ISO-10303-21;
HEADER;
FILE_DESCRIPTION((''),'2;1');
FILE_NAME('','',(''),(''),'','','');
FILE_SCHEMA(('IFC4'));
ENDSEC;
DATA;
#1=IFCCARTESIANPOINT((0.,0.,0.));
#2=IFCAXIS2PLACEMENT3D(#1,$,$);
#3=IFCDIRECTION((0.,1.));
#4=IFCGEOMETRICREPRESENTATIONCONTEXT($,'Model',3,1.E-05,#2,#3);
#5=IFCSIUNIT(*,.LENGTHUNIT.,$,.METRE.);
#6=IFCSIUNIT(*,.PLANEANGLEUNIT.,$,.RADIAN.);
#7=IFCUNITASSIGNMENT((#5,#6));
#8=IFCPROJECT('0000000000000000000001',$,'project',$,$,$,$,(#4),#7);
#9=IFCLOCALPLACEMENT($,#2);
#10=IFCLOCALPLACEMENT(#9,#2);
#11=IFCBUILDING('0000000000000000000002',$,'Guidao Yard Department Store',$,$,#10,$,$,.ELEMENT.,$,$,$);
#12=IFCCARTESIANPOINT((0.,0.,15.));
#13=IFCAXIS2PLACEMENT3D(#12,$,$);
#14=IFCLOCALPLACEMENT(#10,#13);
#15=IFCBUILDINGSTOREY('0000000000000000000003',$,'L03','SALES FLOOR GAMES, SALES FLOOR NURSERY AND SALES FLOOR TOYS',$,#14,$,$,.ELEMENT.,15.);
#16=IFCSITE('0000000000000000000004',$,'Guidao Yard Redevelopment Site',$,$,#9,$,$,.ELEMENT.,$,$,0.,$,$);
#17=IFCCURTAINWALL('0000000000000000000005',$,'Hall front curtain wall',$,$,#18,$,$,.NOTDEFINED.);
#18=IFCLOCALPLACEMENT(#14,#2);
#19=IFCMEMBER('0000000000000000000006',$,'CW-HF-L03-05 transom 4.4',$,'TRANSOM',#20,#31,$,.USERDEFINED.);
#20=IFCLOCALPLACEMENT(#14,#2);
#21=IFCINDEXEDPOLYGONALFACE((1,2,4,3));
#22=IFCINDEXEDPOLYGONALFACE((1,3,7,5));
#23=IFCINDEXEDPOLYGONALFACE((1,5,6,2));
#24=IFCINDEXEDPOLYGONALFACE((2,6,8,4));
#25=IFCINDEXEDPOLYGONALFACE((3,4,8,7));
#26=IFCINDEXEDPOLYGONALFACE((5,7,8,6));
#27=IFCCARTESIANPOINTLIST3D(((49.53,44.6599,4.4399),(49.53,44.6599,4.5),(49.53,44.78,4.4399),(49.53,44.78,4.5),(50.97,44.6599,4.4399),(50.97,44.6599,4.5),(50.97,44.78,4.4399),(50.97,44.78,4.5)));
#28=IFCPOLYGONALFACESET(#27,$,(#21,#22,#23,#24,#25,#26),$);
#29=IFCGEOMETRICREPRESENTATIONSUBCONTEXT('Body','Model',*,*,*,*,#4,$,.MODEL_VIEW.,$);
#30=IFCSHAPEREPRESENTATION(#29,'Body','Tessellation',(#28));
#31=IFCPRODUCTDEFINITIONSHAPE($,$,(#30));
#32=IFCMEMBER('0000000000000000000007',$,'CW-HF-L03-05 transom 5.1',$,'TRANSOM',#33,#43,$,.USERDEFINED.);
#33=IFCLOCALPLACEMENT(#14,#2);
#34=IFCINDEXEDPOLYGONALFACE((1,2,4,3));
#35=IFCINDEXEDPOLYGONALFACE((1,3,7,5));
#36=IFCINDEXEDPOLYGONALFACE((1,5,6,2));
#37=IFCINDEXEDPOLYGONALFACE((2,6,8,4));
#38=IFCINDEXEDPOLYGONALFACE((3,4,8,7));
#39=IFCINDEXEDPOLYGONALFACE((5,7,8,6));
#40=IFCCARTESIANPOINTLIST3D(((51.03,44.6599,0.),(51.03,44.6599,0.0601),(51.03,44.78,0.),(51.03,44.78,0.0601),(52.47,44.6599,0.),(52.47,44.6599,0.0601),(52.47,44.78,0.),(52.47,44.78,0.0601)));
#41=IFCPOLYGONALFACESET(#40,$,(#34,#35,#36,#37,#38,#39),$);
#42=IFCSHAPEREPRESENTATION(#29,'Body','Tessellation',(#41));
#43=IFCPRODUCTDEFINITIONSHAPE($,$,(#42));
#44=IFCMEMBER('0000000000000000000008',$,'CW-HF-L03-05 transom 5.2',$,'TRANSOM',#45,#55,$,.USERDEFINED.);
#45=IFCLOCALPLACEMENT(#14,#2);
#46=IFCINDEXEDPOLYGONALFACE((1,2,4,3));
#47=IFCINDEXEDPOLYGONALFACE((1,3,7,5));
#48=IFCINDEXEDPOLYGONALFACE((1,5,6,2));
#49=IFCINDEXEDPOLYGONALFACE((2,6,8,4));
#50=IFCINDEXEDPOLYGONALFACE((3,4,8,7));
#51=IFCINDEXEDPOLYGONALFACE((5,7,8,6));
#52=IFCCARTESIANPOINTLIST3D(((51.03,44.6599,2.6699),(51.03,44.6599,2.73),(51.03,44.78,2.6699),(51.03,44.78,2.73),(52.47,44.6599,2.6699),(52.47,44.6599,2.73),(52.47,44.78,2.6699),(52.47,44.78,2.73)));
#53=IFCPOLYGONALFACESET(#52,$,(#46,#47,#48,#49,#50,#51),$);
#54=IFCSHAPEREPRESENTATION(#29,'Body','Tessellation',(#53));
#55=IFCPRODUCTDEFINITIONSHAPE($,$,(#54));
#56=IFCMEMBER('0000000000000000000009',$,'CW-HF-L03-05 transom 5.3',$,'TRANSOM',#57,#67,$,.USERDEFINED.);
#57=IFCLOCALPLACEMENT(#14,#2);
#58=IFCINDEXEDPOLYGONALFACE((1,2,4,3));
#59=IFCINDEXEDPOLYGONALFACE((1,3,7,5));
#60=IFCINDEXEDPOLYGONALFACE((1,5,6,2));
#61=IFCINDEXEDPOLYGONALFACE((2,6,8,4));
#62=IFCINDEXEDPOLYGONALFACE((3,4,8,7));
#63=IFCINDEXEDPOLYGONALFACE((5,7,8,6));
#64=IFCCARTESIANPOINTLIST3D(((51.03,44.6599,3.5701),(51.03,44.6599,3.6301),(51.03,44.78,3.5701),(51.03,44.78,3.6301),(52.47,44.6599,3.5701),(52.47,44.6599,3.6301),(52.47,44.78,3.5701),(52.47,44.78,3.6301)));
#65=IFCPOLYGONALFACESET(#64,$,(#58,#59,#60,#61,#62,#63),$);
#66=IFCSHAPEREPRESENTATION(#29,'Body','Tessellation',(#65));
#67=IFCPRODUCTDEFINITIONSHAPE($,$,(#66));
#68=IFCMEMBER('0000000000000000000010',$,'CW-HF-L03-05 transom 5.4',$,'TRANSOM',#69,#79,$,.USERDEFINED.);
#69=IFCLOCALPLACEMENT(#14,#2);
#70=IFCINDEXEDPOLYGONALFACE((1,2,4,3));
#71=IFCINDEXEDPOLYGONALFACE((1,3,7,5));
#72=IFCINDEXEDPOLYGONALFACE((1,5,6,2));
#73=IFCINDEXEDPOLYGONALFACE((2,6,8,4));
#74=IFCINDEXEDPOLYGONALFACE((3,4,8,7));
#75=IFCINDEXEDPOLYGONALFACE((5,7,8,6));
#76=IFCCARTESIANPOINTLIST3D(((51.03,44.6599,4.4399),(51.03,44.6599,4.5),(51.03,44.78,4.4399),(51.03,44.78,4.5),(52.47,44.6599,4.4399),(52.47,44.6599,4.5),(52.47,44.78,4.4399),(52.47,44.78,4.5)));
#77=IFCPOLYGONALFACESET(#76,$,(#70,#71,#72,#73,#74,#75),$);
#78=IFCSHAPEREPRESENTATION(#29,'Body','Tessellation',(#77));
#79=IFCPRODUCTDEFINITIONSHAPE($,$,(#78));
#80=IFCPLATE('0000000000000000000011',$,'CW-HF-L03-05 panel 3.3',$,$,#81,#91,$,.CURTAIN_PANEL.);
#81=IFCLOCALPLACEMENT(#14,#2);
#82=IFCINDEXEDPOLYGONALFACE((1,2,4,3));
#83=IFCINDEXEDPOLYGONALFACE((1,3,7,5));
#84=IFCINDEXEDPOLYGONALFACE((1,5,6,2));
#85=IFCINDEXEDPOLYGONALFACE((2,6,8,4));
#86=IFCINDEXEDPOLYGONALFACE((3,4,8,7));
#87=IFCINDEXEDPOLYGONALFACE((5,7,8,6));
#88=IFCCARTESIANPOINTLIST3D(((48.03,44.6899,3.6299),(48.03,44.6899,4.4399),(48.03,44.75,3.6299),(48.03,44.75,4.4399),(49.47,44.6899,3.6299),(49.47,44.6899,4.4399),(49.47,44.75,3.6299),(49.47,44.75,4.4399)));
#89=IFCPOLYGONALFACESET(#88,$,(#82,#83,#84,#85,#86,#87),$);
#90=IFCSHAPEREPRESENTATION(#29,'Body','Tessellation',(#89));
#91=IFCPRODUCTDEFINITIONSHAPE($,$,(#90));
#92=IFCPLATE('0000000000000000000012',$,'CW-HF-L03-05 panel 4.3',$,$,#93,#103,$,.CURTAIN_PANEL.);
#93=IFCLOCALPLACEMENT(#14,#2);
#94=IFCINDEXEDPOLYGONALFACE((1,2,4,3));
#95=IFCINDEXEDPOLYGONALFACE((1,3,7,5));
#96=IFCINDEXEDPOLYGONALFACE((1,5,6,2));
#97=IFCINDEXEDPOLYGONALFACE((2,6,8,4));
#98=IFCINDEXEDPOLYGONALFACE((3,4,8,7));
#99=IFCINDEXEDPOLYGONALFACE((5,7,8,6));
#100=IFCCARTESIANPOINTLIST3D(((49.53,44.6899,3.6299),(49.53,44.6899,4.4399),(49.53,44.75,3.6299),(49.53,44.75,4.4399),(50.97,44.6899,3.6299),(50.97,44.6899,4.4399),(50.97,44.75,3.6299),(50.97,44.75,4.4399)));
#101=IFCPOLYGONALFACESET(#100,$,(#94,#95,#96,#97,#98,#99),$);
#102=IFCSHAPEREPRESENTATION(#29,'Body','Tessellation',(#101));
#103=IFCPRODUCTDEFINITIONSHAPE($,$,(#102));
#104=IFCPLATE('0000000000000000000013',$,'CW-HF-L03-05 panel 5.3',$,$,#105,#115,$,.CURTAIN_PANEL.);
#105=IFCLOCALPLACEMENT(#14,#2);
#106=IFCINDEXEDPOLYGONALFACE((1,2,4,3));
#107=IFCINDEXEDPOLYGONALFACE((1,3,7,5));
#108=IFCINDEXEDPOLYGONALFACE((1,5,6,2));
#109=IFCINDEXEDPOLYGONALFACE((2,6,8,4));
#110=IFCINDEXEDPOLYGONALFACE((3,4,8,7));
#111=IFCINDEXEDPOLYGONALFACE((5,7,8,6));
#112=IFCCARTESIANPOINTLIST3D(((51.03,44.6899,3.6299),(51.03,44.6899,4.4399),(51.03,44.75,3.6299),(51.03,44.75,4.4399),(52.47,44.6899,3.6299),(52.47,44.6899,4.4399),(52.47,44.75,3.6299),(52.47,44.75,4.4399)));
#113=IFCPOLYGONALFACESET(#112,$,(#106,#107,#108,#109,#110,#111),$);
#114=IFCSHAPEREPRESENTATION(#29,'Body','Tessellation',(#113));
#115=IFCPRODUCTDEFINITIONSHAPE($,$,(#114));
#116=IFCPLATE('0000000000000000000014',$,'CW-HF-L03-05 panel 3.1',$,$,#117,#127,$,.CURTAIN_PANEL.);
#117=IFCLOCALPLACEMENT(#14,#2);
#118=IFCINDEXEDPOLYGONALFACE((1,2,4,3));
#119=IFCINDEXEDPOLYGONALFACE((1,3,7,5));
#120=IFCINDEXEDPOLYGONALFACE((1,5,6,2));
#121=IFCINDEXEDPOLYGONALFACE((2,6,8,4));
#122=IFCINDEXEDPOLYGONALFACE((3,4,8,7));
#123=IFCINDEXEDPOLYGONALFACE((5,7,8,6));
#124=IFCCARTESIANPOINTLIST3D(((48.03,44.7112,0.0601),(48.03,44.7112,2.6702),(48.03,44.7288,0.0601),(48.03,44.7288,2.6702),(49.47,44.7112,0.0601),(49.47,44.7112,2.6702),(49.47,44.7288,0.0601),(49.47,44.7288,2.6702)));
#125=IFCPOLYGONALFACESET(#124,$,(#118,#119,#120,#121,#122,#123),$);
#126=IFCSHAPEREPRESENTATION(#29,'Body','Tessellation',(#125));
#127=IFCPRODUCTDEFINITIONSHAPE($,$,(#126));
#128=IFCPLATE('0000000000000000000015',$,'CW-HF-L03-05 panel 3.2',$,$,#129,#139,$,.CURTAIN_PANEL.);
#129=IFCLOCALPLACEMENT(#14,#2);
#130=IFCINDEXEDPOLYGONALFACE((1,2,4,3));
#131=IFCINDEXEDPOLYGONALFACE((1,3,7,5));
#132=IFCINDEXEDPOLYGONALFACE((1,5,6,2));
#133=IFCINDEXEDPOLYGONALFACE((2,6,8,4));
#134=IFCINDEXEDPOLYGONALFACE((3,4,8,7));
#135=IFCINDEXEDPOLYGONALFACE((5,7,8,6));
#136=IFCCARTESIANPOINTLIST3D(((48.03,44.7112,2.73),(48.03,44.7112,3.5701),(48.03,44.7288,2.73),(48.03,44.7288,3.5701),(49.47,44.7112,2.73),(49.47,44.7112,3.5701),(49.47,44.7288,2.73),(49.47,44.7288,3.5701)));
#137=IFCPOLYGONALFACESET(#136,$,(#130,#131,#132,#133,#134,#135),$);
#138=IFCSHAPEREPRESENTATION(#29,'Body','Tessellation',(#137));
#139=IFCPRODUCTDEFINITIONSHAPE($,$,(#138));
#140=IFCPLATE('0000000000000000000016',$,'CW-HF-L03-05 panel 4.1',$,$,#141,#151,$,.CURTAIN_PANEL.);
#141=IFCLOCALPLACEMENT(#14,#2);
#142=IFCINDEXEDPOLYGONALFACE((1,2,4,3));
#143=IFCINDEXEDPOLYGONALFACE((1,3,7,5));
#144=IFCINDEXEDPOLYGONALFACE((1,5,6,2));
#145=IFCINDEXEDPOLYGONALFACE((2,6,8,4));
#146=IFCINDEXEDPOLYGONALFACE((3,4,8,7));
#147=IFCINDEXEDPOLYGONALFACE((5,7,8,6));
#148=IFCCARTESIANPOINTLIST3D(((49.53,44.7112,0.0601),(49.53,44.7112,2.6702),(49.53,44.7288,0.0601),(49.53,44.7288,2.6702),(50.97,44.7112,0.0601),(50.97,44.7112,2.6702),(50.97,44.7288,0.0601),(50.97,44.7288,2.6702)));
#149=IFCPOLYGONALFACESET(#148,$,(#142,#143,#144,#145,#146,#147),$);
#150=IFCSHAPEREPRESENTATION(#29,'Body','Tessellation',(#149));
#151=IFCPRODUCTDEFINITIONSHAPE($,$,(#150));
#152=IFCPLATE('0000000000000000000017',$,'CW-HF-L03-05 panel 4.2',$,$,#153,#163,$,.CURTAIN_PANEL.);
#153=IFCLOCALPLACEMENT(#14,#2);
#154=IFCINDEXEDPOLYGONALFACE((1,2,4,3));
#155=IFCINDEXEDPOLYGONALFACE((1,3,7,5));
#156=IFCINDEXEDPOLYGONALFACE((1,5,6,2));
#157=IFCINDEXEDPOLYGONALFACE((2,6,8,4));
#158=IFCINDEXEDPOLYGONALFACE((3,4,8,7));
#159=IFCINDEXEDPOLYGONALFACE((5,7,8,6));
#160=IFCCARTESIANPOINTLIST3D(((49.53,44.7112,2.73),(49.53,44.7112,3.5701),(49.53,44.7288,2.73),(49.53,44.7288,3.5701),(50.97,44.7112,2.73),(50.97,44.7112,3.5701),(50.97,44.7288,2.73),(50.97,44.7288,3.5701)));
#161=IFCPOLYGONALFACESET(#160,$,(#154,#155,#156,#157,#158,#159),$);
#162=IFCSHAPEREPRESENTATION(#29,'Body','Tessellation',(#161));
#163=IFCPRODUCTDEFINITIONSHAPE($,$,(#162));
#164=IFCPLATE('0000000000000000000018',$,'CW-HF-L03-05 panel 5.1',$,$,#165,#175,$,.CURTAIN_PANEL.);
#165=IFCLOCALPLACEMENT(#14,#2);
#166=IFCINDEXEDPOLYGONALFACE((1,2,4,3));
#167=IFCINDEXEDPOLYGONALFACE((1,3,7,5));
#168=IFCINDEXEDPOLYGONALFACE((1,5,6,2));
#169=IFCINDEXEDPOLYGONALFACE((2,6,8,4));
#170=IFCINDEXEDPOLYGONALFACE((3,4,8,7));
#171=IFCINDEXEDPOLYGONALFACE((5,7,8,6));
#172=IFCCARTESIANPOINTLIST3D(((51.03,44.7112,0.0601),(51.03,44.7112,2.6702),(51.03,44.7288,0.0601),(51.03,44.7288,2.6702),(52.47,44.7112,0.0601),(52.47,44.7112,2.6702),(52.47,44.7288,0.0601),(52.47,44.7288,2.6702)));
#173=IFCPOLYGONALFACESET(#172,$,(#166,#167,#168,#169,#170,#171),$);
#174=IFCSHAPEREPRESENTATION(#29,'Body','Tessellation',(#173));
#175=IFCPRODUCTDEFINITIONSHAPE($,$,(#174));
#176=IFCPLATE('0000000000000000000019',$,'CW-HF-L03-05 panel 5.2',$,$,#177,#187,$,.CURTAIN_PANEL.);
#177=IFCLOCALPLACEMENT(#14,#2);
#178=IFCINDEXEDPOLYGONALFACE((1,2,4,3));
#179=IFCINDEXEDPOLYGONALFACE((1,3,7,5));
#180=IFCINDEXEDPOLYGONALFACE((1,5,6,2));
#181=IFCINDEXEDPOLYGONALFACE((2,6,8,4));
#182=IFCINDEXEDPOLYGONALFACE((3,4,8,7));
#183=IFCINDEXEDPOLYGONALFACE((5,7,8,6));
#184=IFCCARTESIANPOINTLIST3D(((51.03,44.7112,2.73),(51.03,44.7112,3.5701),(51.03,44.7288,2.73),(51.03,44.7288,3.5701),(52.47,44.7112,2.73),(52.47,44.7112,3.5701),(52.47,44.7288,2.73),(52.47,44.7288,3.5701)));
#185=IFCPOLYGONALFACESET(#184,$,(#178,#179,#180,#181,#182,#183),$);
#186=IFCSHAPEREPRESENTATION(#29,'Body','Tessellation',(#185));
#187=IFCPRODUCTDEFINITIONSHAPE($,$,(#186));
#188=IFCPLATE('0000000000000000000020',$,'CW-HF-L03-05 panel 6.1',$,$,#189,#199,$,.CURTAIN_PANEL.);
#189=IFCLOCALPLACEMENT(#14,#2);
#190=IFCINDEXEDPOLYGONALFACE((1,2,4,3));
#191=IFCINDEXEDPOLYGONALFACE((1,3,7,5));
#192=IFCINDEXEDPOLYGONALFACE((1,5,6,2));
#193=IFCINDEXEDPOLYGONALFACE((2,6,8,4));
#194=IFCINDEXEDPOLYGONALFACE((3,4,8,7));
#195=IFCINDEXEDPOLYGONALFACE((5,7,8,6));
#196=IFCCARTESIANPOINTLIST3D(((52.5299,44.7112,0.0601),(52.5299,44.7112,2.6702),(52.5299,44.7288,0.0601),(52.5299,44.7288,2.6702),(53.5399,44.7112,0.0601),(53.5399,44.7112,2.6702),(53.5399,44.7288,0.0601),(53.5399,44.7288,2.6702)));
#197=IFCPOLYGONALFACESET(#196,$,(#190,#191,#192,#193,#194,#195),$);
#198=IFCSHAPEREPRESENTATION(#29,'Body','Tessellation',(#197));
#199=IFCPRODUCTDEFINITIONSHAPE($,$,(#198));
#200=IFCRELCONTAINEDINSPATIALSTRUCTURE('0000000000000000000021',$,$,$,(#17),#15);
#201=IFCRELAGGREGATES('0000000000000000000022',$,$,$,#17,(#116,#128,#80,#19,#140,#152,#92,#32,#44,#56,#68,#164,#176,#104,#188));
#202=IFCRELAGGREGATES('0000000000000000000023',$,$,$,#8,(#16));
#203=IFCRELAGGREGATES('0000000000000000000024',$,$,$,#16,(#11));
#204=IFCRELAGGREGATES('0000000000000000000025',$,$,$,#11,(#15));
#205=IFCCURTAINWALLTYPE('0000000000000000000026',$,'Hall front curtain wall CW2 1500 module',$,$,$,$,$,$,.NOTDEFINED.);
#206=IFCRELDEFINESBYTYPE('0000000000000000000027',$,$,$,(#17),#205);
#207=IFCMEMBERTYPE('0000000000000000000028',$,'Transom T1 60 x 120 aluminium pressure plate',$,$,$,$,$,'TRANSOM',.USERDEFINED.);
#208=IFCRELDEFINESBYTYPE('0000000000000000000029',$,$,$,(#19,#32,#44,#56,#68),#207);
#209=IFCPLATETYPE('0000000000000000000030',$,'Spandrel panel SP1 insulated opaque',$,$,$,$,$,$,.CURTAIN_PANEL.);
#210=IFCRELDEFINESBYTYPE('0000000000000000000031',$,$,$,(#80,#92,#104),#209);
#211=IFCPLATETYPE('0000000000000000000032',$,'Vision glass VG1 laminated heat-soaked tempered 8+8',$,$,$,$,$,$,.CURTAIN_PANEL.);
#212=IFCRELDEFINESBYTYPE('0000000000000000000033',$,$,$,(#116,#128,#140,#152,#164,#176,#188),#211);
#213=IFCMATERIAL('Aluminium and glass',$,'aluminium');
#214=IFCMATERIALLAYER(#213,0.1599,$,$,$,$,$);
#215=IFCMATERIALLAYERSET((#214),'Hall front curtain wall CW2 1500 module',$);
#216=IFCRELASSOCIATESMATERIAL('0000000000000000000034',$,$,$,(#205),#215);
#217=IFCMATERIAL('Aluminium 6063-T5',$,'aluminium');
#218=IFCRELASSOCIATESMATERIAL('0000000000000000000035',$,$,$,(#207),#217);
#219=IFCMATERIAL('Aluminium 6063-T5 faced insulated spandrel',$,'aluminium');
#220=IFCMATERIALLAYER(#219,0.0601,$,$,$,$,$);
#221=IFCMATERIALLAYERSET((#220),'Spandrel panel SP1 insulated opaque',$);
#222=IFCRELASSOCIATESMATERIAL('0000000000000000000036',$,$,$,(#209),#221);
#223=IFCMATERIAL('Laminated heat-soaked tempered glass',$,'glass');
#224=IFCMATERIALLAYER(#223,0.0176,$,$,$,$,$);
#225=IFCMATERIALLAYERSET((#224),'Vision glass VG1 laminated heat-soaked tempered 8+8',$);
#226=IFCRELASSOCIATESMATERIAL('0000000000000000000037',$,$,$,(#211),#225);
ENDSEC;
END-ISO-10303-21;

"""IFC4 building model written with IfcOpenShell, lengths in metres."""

from ifc_helpers import new_model, si_unit, direction, frame, origin, origin_2d, place, context, subcontext, project, spatial, rectangle, extrude, material, layer, layer_set, material_profile, profile_set, type_object, element, aggregate, save


model = new_model("IFC4")

# Units and contexts
model_context = context("Model", 3, precision=1e-05, world=origin(), true_north=direction((0.0, 1.0)))
body_context = subcontext(model_context, "Body", "Model", "MODEL_VIEW")
ifc_project = project(units=[si_unit("LENGTHUNIT", "METRE"), si_unit("PLANEANGLEUNIT", "RADIAN")], contexts=[model_context])

# Site, building, storey
site_placement = place(None, origin())
site = spatial("IfcSite", under=ifc_project, at=site_placement, Name="Guidao Yard Redevelopment Site", CompositionType="ELEMENT", RefElevation=0.0)
building_placement = place(site_placement, origin())
building = spatial("IfcBuilding", under=site, at=building_placement, Name="Guidao Yard Department Store", CompositionType="ELEMENT")
storey_placement = place(building_placement, frame((0.0, 0.0, 15.0)))
storey = spatial("IfcBuildingStorey", under=building, at=storey_placement, Name="L03", Description="SALES FLOOR GAMES, SALES FLOOR NURSERY AND SALES FLOOR TOYS", CompositionType="ELEMENT", Elevation=15.0)

# Curtain wall, members, plates
ifc_material_1 = material(Name="Aluminium and glass", Category="aluminium")
ifc_layer_1 = layer(ifc_material_1, 0.1599)
ifc_layer_set_1 = layer_set([ifc_layer_1], Name="Hall front curtain wall CW2 1500 module")
curtain_wall_type = type_object("IfcCurtainWallType", Name="Hall front curtain wall CW2 1500 module", PredefinedType="NOTDEFINED", material=ifc_layer_set_1)
curtain_wall_placement = place(storey_placement, origin())
curtain_wall = element("IfcCurtainWall", 1, at=curtain_wall_placement, inside=storey, type_object=curtain_wall_type, Name="Hall front curtain wall", PredefinedType="NOTDEFINED")
ifc_material_2 = material(Name="Aluminium 6063-T5", Category="aluminium")
ifc_material_profile_1 = material_profile(ifc_material_2, rectangle(XDim=0.1201, YDim=0.0601, at=origin_2d()), Name="Transom T1 60 x 120 aluminium pressure plate")
ifc_profile_set_1 = profile_set([ifc_material_profile_1], Name="Aluminium 6063-T5")
member_type_1 = type_object("IfcMemberType", Name="Transom T1 60 x 120 aluminium pressure plate", ElementType="TRANSOM", PredefinedType="USERDEFINED", material=ifc_profile_set_1)
member_1_placement = place(storey_placement, frame((50.97, 44.72, 4.47), z_axis=(-1.0, 0.0, 0.0), x_axis=(0.0, -1.0, 0.0)))
member_1 = element("IfcMember", 2, at=member_1_placement, type_object=member_type_1, Name="CW-HF-L03-05 transom 4.4", ObjectType="TRANSOM", PredefinedType="USERDEFINED", context=body_context, shape_type="SweptSolid", body=[
    extrude(rectangle(XDim=0.1201, YDim=0.0601, at=origin_2d()), origin(), (0.0, 0.0, 1.0), 1.4399),
])
member_2_placement = place(storey_placement, frame((52.47, 44.72, 0.03), z_axis=(-1.0, 0.0, 0.0), x_axis=(0.0, -1.0, 0.0)))
member_2 = element("IfcMember", 3, at=member_2_placement, type_object=member_type_1, Name="CW-HF-L03-05 transom 5.1", ObjectType="TRANSOM", PredefinedType="USERDEFINED", context=body_context, shape_type="SweptSolid", body=[
    extrude(rectangle(XDim=0.1201, YDim=0.0601, at=origin_2d()), origin(), (0.0, 0.0, 1.0), 1.4399),
])
member_3_placement = place(storey_placement, frame((52.47, 44.72, 2.7), z_axis=(-1.0, 0.0, 0.0), x_axis=(0.0, -1.0, 0.0)))
member_3 = element("IfcMember", 4, at=member_3_placement, type_object=member_type_1, Name="CW-HF-L03-05 transom 5.2", ObjectType="TRANSOM", PredefinedType="USERDEFINED", context=body_context, shape_type="SweptSolid", body=[
    extrude(rectangle(XDim=0.1201, YDim=0.0601, at=origin_2d()), origin(), (0.0, 0.0, 1.0), 1.4399),
])
member_4_placement = place(storey_placement, frame((52.47, 44.72, 3.6001), z_axis=(-1.0, 0.0, 0.0), x_axis=(0.0, -1.0, 0.0)))
member_4 = element("IfcMember", 5, at=member_4_placement, type_object=member_type_1, Name="CW-HF-L03-05 transom 5.3", ObjectType="TRANSOM", PredefinedType="USERDEFINED", context=body_context, shape_type="SweptSolid", body=[
    extrude(rectangle(XDim=0.1201, YDim=0.0601, at=origin_2d()), origin(), (0.0, 0.0, 1.0), 1.4399),
])
member_5_placement = place(storey_placement, frame((52.47, 44.72, 4.47), z_axis=(-1.0, 0.0, 0.0), x_axis=(0.0, -1.0, 0.0)))
member_5 = element("IfcMember", 6, at=member_5_placement, type_object=member_type_1, Name="CW-HF-L03-05 transom 5.4", ObjectType="TRANSOM", PredefinedType="USERDEFINED", context=body_context, shape_type="SweptSolid", body=[
    extrude(rectangle(XDim=0.1201, YDim=0.0601, at=origin_2d()), origin(), (0.0, 0.0, 1.0), 1.4399),
])
ifc_material_3 = material(Name="Aluminium 6063-T5 faced insulated spandrel", Category="aluminium")
ifc_layer_2 = layer(ifc_material_3, 0.0601)
ifc_layer_set_2 = layer_set([ifc_layer_2], Name="Spandrel panel SP1 insulated opaque")
plate_type_1 = type_object("IfcPlateType", Name="Spandrel panel SP1 insulated opaque", PredefinedType="CURTAIN_PANEL", material=ifc_layer_set_2)
plate_1_placement = place(storey_placement, frame((48.75, 44.72, 3.6299), z_axis=(0.0, 0.0, 1.0), x_axis=(-1.0, 0.0, 0.0)))
plate_1 = element("IfcPlate", 7, at=plate_1_placement, type_object=plate_type_1, Name="CW-HF-L03-05 panel 3.3", PredefinedType="CURTAIN_PANEL", context=body_context, shape_type="SweptSolid", body=[
    extrude(rectangle(XDim=1.4399, YDim=0.0601, at=origin_2d()), origin(), (0.0, 0.0, 1.0), 0.8101),
])
plate_2_placement = place(storey_placement, frame((50.25, 44.72, 3.6299), z_axis=(0.0, 0.0, 1.0), x_axis=(-1.0, 0.0, 0.0)))
plate_2 = element("IfcPlate", 8, at=plate_2_placement, type_object=plate_type_1, Name="CW-HF-L03-05 panel 4.3", PredefinedType="CURTAIN_PANEL", context=body_context, shape_type="SweptSolid", body=[
    extrude(rectangle(XDim=1.4399, YDim=0.0601, at=origin_2d()), origin(), (0.0, 0.0, 1.0), 0.8101),
])
plate_3_placement = place(storey_placement, frame((51.75, 44.72, 3.6299), z_axis=(0.0, 0.0, 1.0), x_axis=(-1.0, 0.0, 0.0)))
plate_3 = element("IfcPlate", 9, at=plate_3_placement, type_object=plate_type_1, Name="CW-HF-L03-05 panel 5.3", PredefinedType="CURTAIN_PANEL", context=body_context, shape_type="SweptSolid", body=[
    extrude(rectangle(XDim=1.4399, YDim=0.0601, at=origin_2d()), origin(), (0.0, 0.0, 1.0), 0.8101),
])
ifc_material_4 = material(Name="Laminated heat-soaked tempered glass", Category="glass")
ifc_layer_3 = layer(ifc_material_4, 0.0176)
ifc_layer_set_3 = layer_set([ifc_layer_3], Name="Vision glass VG1 laminated heat-soaked tempered 8+8")
plate_type_2 = type_object("IfcPlateType", Name="Vision glass VG1 laminated heat-soaked tempered 8+8", PredefinedType="CURTAIN_PANEL", material=ifc_layer_set_3)
plate_4_placement = place(storey_placement, frame((48.75, 44.72, 0.0601), z_axis=(0.0, 0.0, 1.0), x_axis=(-1.0, 0.0, 0.0)))
plate_4 = element("IfcPlate", 10, at=plate_4_placement, type_object=plate_type_2, Name="CW-HF-L03-05 panel 3.1", PredefinedType="CURTAIN_PANEL", context=body_context, shape_type="SweptSolid", body=[
    extrude(rectangle(XDim=1.4399, YDim=0.0176, at=origin_2d()), origin(), (0.0, 0.0, 1.0), 2.6101),
])
plate_5_placement = place(storey_placement, frame((48.75, 44.72, 2.73), z_axis=(0.0, 0.0, 1.0), x_axis=(-1.0, 0.0, 0.0)))
plate_5 = element("IfcPlate", 11, at=plate_5_placement, type_object=plate_type_2, Name="CW-HF-L03-05 panel 3.2", PredefinedType="CURTAIN_PANEL", context=body_context, shape_type="SweptSolid", body=[
    extrude(rectangle(XDim=1.4399, YDim=0.0176, at=origin_2d()), origin(), (0.0, 0.0, 1.0), 0.8401),
])
plate_6_placement = place(storey_placement, frame((50.25, 44.72, 0.0601), z_axis=(0.0, 0.0, 1.0), x_axis=(-1.0, 0.0, 0.0)))
plate_6 = element("IfcPlate", 12, at=plate_6_placement, type_object=plate_type_2, Name="CW-HF-L03-05 panel 4.1", PredefinedType="CURTAIN_PANEL", context=body_context, shape_type="SweptSolid", body=[
    extrude(rectangle(XDim=1.4399, YDim=0.0176, at=origin_2d()), origin(), (0.0, 0.0, 1.0), 2.6101),
])
plate_7_placement = place(storey_placement, frame((50.25, 44.72, 2.73), z_axis=(0.0, 0.0, 1.0), x_axis=(-1.0, 0.0, 0.0)))
plate_7 = element("IfcPlate", 13, at=plate_7_placement, type_object=plate_type_2, Name="CW-HF-L03-05 panel 4.2", PredefinedType="CURTAIN_PANEL", context=body_context, shape_type="SweptSolid", body=[
    extrude(rectangle(XDim=1.4399, YDim=0.0176, at=origin_2d()), origin(), (0.0, 0.0, 1.0), 0.8401),
])
plate_8_placement = place(storey_placement, frame((51.75, 44.72, 0.0601), z_axis=(0.0, 0.0, 1.0), x_axis=(-1.0, 0.0, 0.0)))
plate_8 = element("IfcPlate", 14, at=plate_8_placement, type_object=plate_type_2, Name="CW-HF-L03-05 panel 5.1", PredefinedType="CURTAIN_PANEL", context=body_context, shape_type="SweptSolid", body=[
    extrude(rectangle(XDim=1.4399, YDim=0.0176, at=origin_2d()), origin(), (0.0, 0.0, 1.0), 2.6101),
])
plate_9_placement = place(storey_placement, frame((51.75, 44.72, 2.73), z_axis=(0.0, 0.0, 1.0), x_axis=(-1.0, 0.0, 0.0)))
plate_9 = element("IfcPlate", 15, at=plate_9_placement, type_object=plate_type_2, Name="CW-HF-L03-05 panel 5.2", PredefinedType="CURTAIN_PANEL", context=body_context, shape_type="SweptSolid", body=[
    extrude(rectangle(XDim=1.4399, YDim=0.0176, at=origin_2d()), origin(), (0.0, 0.0, 1.0), 0.8401),
])
plate_10_placement = place(storey_placement, frame((53.0349, 44.72, 0.0601), z_axis=(0.0, 0.0, 1.0), x_axis=(-1.0, 0.0, 0.0)))
plate_10 = element("IfcPlate", 16, at=plate_10_placement, type_object=plate_type_2, Name="CW-HF-L03-05 panel 6.1", PredefinedType="CURTAIN_PANEL", context=body_context, shape_type="SweptSolid", body=[
    extrude(rectangle(XDim=1.01, YDim=0.0176, at=origin_2d()), origin(), (0.0, 0.0, 1.0), 2.6101),
])
aggregate(curtain_wall, [plate_4, plate_5, plate_1, member_1, plate_6, plate_7, plate_2, member_2, member_3, member_4, member_5, plate_8, plate_9, plate_3, plate_10])

save(model, "model.ifc")
